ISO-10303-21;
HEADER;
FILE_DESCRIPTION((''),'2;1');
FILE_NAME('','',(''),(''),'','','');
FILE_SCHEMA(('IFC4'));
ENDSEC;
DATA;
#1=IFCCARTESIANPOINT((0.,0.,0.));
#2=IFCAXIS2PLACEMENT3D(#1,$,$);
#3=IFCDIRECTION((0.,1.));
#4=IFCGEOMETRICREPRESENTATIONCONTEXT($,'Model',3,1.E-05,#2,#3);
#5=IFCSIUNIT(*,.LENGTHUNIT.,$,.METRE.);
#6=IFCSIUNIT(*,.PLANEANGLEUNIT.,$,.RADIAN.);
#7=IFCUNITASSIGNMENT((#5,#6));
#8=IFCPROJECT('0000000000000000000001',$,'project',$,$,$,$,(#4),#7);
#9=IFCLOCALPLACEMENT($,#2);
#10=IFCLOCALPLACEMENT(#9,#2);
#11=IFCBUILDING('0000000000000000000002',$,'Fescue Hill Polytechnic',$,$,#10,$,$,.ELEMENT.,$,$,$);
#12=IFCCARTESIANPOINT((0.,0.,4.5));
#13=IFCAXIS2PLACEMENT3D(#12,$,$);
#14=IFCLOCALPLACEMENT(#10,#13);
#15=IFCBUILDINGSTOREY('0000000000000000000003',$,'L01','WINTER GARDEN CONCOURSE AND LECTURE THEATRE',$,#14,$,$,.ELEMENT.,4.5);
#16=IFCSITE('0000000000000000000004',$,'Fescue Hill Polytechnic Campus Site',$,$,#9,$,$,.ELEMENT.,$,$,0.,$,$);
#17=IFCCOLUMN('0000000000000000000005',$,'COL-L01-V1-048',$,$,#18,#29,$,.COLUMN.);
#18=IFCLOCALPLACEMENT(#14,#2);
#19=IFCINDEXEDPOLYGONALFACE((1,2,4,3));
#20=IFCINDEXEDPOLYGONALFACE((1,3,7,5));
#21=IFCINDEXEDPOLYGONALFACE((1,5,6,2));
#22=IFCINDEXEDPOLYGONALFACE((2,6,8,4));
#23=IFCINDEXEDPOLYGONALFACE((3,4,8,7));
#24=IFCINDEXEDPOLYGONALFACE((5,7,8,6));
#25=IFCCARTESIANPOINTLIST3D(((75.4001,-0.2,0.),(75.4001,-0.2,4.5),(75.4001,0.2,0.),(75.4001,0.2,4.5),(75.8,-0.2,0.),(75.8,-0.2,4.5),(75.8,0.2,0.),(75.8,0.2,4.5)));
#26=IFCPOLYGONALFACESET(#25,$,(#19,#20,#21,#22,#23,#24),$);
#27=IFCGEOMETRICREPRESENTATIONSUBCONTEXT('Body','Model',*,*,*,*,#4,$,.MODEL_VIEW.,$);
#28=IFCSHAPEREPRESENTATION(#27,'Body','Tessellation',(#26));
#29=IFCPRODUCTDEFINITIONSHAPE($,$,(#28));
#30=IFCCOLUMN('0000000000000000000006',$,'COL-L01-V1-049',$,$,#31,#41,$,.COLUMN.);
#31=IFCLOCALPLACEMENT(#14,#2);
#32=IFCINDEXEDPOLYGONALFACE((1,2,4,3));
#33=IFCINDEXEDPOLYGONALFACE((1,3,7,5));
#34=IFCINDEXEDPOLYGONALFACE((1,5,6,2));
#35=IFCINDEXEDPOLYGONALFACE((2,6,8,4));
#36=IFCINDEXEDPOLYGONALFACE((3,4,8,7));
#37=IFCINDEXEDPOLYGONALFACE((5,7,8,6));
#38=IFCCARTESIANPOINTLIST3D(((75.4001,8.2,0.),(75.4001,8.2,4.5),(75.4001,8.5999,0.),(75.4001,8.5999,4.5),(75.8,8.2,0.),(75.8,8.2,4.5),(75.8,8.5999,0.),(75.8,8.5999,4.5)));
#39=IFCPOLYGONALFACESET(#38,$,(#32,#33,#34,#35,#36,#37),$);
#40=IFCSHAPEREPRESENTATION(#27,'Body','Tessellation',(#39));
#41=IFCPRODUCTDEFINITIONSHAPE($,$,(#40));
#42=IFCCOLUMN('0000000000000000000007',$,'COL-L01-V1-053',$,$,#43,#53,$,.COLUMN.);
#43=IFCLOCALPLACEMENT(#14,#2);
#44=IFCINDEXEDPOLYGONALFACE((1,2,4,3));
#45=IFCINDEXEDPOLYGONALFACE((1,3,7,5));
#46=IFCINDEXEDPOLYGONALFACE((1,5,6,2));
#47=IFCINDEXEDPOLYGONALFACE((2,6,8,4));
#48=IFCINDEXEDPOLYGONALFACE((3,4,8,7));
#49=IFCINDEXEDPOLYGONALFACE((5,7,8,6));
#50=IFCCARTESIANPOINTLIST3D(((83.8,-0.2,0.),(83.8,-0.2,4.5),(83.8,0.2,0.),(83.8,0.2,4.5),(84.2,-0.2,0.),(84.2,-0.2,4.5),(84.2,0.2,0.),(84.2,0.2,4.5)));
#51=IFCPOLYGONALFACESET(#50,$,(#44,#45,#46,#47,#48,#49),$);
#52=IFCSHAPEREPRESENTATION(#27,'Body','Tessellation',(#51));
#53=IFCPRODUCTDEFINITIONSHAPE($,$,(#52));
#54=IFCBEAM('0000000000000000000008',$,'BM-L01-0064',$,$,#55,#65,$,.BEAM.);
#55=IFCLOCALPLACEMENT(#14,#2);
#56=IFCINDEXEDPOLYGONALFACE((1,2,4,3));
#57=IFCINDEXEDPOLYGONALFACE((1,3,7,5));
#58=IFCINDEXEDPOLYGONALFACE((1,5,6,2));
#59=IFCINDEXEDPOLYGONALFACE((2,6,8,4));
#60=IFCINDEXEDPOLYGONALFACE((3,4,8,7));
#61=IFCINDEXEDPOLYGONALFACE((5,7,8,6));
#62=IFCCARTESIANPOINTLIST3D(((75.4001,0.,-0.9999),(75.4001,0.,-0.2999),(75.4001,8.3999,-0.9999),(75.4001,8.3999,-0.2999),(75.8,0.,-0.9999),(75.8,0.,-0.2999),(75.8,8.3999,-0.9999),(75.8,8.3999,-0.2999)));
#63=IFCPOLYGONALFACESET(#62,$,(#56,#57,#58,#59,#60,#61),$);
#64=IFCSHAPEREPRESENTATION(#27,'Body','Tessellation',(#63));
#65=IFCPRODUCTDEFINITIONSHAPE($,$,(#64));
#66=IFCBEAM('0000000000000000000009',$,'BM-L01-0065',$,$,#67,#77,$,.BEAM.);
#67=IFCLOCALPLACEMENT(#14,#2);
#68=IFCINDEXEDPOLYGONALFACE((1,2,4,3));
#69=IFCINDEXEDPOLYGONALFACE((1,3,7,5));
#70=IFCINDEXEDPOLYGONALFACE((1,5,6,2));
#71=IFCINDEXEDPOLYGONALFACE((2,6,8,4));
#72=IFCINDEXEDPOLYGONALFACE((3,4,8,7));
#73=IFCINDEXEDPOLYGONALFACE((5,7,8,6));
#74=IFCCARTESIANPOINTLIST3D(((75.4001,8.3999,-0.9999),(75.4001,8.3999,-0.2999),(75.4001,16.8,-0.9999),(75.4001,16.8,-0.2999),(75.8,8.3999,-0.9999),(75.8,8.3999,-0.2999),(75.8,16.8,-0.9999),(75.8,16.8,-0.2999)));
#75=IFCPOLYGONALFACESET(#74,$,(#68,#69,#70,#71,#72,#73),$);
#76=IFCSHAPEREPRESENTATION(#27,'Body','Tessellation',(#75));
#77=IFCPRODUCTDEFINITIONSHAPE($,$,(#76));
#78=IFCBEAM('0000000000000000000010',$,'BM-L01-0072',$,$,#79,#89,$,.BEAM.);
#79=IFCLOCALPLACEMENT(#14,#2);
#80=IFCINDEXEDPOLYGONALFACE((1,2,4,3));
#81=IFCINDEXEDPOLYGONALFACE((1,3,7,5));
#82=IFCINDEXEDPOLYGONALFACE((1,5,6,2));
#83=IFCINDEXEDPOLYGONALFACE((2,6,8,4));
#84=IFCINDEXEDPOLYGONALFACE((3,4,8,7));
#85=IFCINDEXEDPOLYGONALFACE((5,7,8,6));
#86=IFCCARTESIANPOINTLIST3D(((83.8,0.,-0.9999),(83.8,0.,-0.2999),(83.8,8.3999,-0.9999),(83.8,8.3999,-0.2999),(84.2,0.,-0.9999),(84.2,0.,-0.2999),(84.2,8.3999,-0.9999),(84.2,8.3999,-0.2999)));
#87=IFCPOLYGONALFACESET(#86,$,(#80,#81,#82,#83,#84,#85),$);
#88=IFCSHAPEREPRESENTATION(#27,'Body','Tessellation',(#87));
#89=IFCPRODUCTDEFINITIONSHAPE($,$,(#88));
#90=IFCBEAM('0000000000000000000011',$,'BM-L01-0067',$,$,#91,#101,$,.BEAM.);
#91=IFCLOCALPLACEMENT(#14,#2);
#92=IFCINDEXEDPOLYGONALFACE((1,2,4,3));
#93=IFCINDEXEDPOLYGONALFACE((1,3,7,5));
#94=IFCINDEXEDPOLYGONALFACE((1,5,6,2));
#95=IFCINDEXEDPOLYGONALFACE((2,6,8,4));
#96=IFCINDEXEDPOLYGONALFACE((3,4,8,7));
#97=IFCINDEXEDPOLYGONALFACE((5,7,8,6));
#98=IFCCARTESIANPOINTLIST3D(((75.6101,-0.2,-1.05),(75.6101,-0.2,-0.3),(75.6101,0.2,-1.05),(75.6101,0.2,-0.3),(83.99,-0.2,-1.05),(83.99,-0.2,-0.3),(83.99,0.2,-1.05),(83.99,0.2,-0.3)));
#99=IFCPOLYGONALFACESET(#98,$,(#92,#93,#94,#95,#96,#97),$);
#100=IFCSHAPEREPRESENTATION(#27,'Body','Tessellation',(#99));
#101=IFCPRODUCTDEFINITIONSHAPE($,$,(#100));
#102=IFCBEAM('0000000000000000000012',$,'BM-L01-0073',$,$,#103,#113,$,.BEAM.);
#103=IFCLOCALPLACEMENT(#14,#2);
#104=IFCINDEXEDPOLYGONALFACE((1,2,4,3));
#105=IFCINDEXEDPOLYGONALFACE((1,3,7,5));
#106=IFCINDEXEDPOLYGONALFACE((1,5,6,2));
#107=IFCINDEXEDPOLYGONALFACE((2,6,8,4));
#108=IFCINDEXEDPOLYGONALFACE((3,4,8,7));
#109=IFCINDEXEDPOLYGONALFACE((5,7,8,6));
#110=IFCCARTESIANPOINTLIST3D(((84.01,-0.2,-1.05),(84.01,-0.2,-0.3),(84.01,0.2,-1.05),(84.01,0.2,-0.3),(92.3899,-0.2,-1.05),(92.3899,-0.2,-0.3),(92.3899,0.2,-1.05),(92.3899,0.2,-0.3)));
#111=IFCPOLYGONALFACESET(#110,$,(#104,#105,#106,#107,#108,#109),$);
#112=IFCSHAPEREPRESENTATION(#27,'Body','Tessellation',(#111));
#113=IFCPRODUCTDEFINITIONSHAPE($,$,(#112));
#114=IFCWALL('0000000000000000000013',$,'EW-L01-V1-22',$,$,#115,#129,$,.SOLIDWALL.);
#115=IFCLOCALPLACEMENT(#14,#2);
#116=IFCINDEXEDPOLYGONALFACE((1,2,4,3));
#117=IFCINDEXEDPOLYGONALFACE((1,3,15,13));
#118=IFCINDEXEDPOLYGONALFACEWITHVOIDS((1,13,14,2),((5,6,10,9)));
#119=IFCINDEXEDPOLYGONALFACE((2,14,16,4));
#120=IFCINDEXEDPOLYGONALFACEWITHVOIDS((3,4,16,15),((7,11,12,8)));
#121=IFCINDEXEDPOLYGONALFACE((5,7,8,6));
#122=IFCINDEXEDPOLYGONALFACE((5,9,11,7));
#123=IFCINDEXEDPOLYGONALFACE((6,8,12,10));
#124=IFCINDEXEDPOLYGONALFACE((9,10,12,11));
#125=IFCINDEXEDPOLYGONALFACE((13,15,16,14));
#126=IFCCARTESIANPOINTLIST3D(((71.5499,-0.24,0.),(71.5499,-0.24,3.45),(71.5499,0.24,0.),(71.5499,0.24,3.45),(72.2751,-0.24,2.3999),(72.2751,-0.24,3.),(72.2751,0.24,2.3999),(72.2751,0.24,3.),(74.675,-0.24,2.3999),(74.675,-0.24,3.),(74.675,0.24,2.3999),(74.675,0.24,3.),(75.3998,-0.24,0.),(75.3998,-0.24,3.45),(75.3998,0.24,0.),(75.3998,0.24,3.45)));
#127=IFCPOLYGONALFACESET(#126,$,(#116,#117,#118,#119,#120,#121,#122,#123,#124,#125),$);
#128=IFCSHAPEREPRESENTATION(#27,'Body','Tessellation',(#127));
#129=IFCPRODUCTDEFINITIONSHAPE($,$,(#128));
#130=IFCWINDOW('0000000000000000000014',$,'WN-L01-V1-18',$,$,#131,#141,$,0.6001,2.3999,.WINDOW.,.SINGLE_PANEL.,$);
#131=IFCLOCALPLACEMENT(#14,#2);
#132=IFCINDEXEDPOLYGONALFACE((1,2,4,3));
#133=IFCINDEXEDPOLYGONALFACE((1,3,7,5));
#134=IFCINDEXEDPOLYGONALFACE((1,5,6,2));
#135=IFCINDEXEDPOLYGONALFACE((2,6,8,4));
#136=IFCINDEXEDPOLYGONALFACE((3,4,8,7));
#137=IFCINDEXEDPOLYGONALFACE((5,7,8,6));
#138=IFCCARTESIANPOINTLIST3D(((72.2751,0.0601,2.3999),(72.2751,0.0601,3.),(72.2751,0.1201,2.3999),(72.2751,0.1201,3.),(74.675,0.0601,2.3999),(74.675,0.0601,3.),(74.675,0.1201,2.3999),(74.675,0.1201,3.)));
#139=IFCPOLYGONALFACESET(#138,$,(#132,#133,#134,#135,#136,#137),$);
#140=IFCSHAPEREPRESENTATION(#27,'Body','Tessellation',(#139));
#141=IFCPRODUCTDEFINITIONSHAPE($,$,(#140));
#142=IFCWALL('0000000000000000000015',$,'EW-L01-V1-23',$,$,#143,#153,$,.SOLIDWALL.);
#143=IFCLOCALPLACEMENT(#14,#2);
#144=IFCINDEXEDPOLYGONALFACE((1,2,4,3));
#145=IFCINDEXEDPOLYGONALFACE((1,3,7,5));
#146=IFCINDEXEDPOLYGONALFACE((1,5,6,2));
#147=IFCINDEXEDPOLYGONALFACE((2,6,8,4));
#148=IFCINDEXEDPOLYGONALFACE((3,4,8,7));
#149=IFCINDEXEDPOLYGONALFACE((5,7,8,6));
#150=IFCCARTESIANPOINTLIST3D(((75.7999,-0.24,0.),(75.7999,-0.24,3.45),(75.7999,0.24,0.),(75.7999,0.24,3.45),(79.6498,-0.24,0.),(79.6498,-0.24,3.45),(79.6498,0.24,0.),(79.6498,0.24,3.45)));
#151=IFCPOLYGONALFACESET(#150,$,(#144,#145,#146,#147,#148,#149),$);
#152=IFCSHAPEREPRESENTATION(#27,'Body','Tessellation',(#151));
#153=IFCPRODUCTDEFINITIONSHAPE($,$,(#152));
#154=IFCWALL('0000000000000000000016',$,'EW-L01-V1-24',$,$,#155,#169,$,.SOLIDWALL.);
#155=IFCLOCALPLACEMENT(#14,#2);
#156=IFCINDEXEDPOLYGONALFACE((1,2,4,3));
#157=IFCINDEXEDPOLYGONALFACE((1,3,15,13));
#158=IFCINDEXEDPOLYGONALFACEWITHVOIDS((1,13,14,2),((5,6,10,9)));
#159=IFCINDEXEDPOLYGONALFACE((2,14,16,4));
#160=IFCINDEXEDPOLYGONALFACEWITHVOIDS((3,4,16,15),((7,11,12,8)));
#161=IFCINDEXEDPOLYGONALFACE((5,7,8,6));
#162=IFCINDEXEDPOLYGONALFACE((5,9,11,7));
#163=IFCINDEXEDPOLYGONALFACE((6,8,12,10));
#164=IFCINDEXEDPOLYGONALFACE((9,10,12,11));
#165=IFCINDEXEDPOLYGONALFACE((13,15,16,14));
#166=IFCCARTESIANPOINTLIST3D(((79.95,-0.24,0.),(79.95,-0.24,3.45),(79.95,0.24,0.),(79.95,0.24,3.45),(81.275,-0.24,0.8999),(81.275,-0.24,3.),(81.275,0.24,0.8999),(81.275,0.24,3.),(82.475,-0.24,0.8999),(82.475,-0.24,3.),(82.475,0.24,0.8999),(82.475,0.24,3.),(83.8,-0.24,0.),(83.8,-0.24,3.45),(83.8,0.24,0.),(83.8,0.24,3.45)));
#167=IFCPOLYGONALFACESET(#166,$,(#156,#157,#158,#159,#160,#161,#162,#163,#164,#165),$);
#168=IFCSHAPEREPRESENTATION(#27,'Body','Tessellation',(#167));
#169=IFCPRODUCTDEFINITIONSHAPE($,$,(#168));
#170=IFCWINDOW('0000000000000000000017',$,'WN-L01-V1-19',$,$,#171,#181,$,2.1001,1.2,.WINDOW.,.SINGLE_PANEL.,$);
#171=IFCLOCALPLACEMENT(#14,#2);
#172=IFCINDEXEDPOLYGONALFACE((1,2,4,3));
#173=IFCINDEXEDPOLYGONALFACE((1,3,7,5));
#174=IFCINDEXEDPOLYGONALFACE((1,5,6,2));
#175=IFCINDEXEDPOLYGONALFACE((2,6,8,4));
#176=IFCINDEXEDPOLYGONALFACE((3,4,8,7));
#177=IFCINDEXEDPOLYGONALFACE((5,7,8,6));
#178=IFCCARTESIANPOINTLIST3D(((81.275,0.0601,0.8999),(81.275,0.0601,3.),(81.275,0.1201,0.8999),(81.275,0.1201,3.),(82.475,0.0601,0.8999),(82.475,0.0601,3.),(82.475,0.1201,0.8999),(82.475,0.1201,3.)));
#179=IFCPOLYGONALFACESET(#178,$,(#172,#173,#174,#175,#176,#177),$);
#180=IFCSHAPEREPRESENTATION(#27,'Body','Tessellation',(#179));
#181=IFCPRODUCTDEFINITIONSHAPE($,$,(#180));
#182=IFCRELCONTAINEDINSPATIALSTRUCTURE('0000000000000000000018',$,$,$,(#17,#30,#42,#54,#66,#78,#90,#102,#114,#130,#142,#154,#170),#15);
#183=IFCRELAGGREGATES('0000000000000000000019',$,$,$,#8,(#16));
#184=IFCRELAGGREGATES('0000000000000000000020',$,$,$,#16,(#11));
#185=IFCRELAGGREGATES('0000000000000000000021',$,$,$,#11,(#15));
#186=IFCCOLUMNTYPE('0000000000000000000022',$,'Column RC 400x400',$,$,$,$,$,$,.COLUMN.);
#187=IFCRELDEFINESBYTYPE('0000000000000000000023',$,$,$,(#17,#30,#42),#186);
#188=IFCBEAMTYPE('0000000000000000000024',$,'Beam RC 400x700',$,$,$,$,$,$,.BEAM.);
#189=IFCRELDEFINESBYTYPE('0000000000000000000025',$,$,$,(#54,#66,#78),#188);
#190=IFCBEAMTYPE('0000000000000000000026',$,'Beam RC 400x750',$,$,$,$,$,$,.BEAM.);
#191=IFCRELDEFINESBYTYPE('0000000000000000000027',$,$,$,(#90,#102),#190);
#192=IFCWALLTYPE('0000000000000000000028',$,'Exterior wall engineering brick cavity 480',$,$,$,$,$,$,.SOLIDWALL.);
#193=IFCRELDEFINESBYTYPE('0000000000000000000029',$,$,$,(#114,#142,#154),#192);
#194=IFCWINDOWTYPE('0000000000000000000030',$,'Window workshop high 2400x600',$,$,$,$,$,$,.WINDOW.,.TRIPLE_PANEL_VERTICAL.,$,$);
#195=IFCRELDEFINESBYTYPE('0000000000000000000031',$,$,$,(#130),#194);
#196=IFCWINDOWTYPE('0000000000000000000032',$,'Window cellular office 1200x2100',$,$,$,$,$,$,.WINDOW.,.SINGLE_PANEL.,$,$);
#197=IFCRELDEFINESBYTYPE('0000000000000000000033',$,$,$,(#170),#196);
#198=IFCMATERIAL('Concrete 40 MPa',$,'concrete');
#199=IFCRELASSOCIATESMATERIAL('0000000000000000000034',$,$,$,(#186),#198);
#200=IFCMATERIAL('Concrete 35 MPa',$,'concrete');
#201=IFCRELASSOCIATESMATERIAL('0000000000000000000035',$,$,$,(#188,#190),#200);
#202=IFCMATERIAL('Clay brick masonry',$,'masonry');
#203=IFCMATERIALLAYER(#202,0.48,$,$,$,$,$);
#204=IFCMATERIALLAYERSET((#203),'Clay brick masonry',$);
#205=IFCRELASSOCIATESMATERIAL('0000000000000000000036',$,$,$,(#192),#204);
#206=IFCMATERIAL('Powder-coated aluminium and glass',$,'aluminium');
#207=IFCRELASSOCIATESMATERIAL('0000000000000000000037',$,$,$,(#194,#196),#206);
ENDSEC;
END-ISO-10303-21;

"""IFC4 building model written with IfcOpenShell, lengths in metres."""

from ifc_helpers import new_model, si_unit, direction, frame, frame_2d, origin, origin_2d, place, context, subcontext, project, spatial, rectangle, extrude, material, layer, layer_set, material_profile, profile_set, type_object, element, fill, save


model = new_model("IFC4")

# Units and contexts
model_context = context("Model", 3, precision=1e-05, world=origin(), true_north=direction((0.0, 1.0)))
body_context = subcontext(model_context, "Body", "Model", "MODEL_VIEW")
ifc_project = project(units=[si_unit("LENGTHUNIT", "METRE"), si_unit("PLANEANGLEUNIT", "RADIAN")], contexts=[model_context])

# Site, building, storey
site_placement = place(None, origin())
site = spatial("IfcSite", under=ifc_project, at=site_placement, Name="Fescue Hill Polytechnic Campus Site", CompositionType="ELEMENT", RefElevation=0.0)
building_placement = place(site_placement, origin())
building = spatial("IfcBuilding", under=site, at=building_placement, Name="Fescue Hill Polytechnic", CompositionType="ELEMENT")
storey_placement = place(building_placement, frame((0.0, 0.0, 4.5)))
storey = spatial("IfcBuildingStorey", under=building, at=storey_placement, Name="L01", Description="WINTER GARDEN CONCOURSE AND LECTURE THEATRE", CompositionType="ELEMENT", Elevation=4.5)

# Columns
ifc_material_1 = material(Name="Concrete 40 MPa", Category="concrete")
ifc_material_profile_1 = material_profile(ifc_material_1, rectangle(XDim=0.3999, YDim=0.3999, at=origin_2d()), Name="RC 400x400")
ifc_profile_set_1 = profile_set([ifc_material_profile_1], Name="Concrete 40 MPa")
column_type = type_object("IfcColumnType", Name="Column RC 400x400", PredefinedType="COLUMN", material=ifc_profile_set_1)
for number, where, z_axis, x_axis, name in (
    (1, (75.6001, 0.0, 0.0), (0.0, 0.0, 1.0), (1.0, 0.0, 0.0), "COL-L01-V1-048"),
    (2, (75.6001, 8.3999, 0.0), (0.0, 0.0, 1.0), (1.0, 0.0, 0.0), "COL-L01-V1-049"),
    (3, (84.0, 0.0, 0.0), (0.0, 0.0, 1.0), (1.0, 0.0, 0.0), "COL-L01-V1-053"),
):
    element("IfcColumn", number, at=place(storey_placement, frame(where, z_axis=z_axis, x_axis=x_axis)), inside=storey, type_object=column_type, Name=name, PredefinedType="COLUMN", context=body_context, shape_type="SweptSolid", body=[
        extrude(rectangle(XDim=0.3999, YDim=0.3999, at=origin_2d()), origin(), (0.0, 0.0, 1.0), 4.5),
    ])

# Beams
ifc_material_2 = material(Name="Concrete 35 MPa", Category="concrete")
ifc_material_profile_2 = material_profile(ifc_material_2, rectangle(XDim=0.3999, YDim=0.7, at=origin_2d()), Name="RC 400x700")
ifc_profile_set_2 = profile_set([ifc_material_profile_2], Name="Concrete 35 MPa")
beam_type_1 = type_object("IfcBeamType", Name="Beam RC 400x700", PredefinedType="BEAM", material=ifc_profile_set_2)
beam_1_placement = place(storey_placement, frame((75.6001, 0.0, -0.6499), z_axis=(0.0, 1.0, 0.0), x_axis=(-1.0, 0.0, 0.0)))
element("IfcBeam", 4, at=beam_1_placement, inside=storey, type_object=beam_type_1, Name="BM-L01-0064", PredefinedType="BEAM", context=body_context, shape_type="SweptSolid", body=[
    extrude(rectangle(XDim=0.3999, YDim=0.7, at=origin_2d()), origin(), (0.0, 0.0, 1.0), 8.3999),
])
beam_2_placement = place(storey_placement, frame((75.6001, 8.3999, -0.6499), z_axis=(0.0, 1.0, 0.0), x_axis=(-1.0, 0.0, 0.0)))
element("IfcBeam", 5, at=beam_2_placement, inside=storey, type_object=beam_type_1, Name="BM-L01-0065", PredefinedType="BEAM", context=body_context, shape_type="SweptSolid", body=[
    extrude(rectangle(XDim=0.3999, YDim=0.7, at=origin_2d()), origin(), (0.0, 0.0, 1.0), 8.4001),
])
beam_3_placement = place(storey_placement, frame((84.0, 0.0, -0.6499), z_axis=(0.0, 1.0, 0.0), x_axis=(-1.0, 0.0, 0.0)))
element("IfcBeam", 6, at=beam_3_placement, inside=storey, type_object=beam_type_1, Name="BM-L01-0072", PredefinedType="BEAM", context=body_context, shape_type="SweptSolid", body=[
    extrude(rectangle(XDim=0.3999, YDim=0.7, at=origin_2d()), origin(), (0.0, 0.0, 1.0), 8.3999),
])
ifc_material_profile_3 = material_profile(ifc_material_2, rectangle(XDim=0.3999, YDim=0.75, at=origin_2d()), Name="RC 400x750")
ifc_profile_set_3 = profile_set([ifc_material_profile_3], Name="Concrete 35 MPa")
beam_type_2 = type_object("IfcBeamType", Name="Beam RC 400x750", PredefinedType="BEAM", material=ifc_profile_set_3)
for number, where, z_axis, x_axis, name in (
    (7, (75.6101, 0.0, -0.675), (1.0, 0.0, 0.0), (0.0, 1.0, 0.0), "BM-L01-0067"),
    (8, (84.01, 0.0, -0.675), (1.0, 0.0, 0.0), (0.0, 1.0, 0.0), "BM-L01-0073"),
):
    element("IfcBeam", number, at=place(storey_placement, frame(where, z_axis=z_axis, x_axis=x_axis)), inside=storey, type_object=beam_type_2, Name=name, PredefinedType="BEAM", context=body_context, shape_type="SweptSolid", body=[
        extrude(rectangle(XDim=0.3999, YDim=0.75, at=origin_2d()), origin(), (0.0, 0.0, 1.0), 8.3799),
    ])

# Wall, opening, window
ifc_material_3 = material(Name="Clay brick masonry", Category="masonry")
ifc_layer_1 = layer(ifc_material_3, 0.48)
ifc_layer_set_1 = layer_set([ifc_layer_1], Name="Clay brick masonry")
wall_type_1 = type_object("IfcWallType", Name="Exterior wall engineering brick cavity 480", PredefinedType="SOLIDWALL", material=ifc_layer_set_1)
wall_1_placement = place(storey_placement, frame((71.55, 0.0, 0.0), z_axis=(0.0, 0.0, 1.0), x_axis=(1.0, 0.0, 0.0)))
wall_1 = element("IfcWall", 9, at=wall_1_placement, inside=storey, type_object=wall_type_1, Name="EW-L01-V1-22", PredefinedType="SOLIDWALL", context=body_context, shape_type="SweptSolid", body=[
    extrude(rectangle(XDim=3.8499, YDim=0.48, at=frame_2d((1.9248, 0.0))), origin(), (0.0, 0.0, 1.0), 3.45),
])
opening_1_placement = place(wall_1_placement, frame((0.7251, 0.0, 2.3999)))
opening_1 = element("IfcOpeningElement", 10, at=opening_1_placement, cuts=wall_1, PredefinedType="OPENING", context=body_context, shape_type="SweptSolid", body=[
    extrude(rectangle(XDim=2.3999, YDim=0.6001, at=frame_2d((1.2, 0.3))), frame((0.0, 0.25, 0.0), z_axis=(0.0, -1.0, 0.0), x_axis=(1.0, 0.0, 0.0)), (0.0, 0.0, 1.0), 0.5),
])
ifc_material_4 = material(Name="Powder-coated aluminium and glass", Category="aluminium")
window_type_1 = type_object("IfcWindowType", Name="Window workshop high 2400x600", PartitioningType="TRIPLE_PANEL_VERTICAL", PredefinedType="WINDOW", material=ifc_material_4)
window_1_placement = place(opening_1_placement, origin())
window_1 = element("IfcWindow", 11, at=window_1_placement, inside=storey, type_object=window_type_1, Name="WN-L01-V1-18", OverallHeight=0.6001, OverallWidth=2.3999, PartitioningType="SINGLE_PANEL", PredefinedType="WINDOW", context=body_context, shape_type="SweptSolid", body=[
    extrude(rectangle(XDim=2.3999, YDim=0.6001, at=frame_2d((1.2, 0.3))), frame((0.0, 0.1201, 0.0), z_axis=(0.0, -1.0, 0.0), x_axis=(1.0, 0.0, 0.0)), (0.0, 0.0, 1.0), 0.0601),
])
fill(opening_1, window_1)

# Wall
wall_2_placement = place(storey_placement, frame((75.8, 0.0, 0.0), z_axis=(0.0, 0.0, 1.0), x_axis=(1.0, 0.0, 0.0)))
element("IfcWall", 12, at=wall_2_placement, inside=storey, type_object=wall_type_1, Name="EW-L01-V1-23", PredefinedType="SOLIDWALL", context=body_context, shape_type="SweptSolid", body=[
    extrude(rectangle(XDim=3.8499, YDim=0.48, at=frame_2d((1.9248, 0.0))), origin(), (0.0, 0.0, 1.0), 3.45),
])

# Wall, opening, window
wall_3_placement = place(storey_placement, frame((79.95, 0.0, 0.0), z_axis=(0.0, 0.0, 1.0), x_axis=(1.0, 0.0, 0.0)))
wall_3 = element("IfcWall", 13, at=wall_3_placement, inside=storey, type_object=wall_type_1, Name="EW-L01-V1-24", PredefinedType="SOLIDWALL", context=body_context, shape_type="SweptSolid", body=[
    extrude(rectangle(XDim=3.8501, YDim=0.48, at=frame_2d((1.925, 0.0))), origin(), (0.0, 0.0, 1.0), 3.45),
])
opening_2_placement = place(wall_3_placement, frame((1.325, 0.0, 0.8999)))
opening_2 = element("IfcOpeningElement", 14, at=opening_2_placement, cuts=wall_3, PredefinedType="OPENING", context=body_context, shape_type="SweptSolid", body=[
    extrude(rectangle(XDim=1.2, YDim=2.1001, at=frame_2d((0.6001, 1.05))), frame((0.0, 0.25, 0.0), z_axis=(0.0, -1.0, 0.0), x_axis=(1.0, 0.0, 0.0)), (0.0, 0.0, 1.0), 0.5),
])
window_type_2 = type_object("IfcWindowType", Name="Window cellular office 1200x2100", PartitioningType="SINGLE_PANEL", PredefinedType="WINDOW", material=ifc_material_4)
window_2_placement = place(opening_2_placement, origin())
window_2 = element("IfcWindow", 15, at=window_2_placement, inside=storey, type_object=window_type_2, Name="WN-L01-V1-19", OverallHeight=2.1001, OverallWidth=1.2, PartitioningType="SINGLE_PANEL", PredefinedType="WINDOW", context=body_context, shape_type="SweptSolid", body=[
    extrude(rectangle(XDim=1.2, YDim=2.1001, at=frame_2d((0.6001, 1.05))), frame((0.0, 0.1201, 0.0), z_axis=(0.0, -1.0, 0.0), x_axis=(1.0, 0.0, 0.0)), (0.0, 0.0, 1.0), 0.0601),
])
fill(opening_2, window_2)

save(model, "model.ifc")
